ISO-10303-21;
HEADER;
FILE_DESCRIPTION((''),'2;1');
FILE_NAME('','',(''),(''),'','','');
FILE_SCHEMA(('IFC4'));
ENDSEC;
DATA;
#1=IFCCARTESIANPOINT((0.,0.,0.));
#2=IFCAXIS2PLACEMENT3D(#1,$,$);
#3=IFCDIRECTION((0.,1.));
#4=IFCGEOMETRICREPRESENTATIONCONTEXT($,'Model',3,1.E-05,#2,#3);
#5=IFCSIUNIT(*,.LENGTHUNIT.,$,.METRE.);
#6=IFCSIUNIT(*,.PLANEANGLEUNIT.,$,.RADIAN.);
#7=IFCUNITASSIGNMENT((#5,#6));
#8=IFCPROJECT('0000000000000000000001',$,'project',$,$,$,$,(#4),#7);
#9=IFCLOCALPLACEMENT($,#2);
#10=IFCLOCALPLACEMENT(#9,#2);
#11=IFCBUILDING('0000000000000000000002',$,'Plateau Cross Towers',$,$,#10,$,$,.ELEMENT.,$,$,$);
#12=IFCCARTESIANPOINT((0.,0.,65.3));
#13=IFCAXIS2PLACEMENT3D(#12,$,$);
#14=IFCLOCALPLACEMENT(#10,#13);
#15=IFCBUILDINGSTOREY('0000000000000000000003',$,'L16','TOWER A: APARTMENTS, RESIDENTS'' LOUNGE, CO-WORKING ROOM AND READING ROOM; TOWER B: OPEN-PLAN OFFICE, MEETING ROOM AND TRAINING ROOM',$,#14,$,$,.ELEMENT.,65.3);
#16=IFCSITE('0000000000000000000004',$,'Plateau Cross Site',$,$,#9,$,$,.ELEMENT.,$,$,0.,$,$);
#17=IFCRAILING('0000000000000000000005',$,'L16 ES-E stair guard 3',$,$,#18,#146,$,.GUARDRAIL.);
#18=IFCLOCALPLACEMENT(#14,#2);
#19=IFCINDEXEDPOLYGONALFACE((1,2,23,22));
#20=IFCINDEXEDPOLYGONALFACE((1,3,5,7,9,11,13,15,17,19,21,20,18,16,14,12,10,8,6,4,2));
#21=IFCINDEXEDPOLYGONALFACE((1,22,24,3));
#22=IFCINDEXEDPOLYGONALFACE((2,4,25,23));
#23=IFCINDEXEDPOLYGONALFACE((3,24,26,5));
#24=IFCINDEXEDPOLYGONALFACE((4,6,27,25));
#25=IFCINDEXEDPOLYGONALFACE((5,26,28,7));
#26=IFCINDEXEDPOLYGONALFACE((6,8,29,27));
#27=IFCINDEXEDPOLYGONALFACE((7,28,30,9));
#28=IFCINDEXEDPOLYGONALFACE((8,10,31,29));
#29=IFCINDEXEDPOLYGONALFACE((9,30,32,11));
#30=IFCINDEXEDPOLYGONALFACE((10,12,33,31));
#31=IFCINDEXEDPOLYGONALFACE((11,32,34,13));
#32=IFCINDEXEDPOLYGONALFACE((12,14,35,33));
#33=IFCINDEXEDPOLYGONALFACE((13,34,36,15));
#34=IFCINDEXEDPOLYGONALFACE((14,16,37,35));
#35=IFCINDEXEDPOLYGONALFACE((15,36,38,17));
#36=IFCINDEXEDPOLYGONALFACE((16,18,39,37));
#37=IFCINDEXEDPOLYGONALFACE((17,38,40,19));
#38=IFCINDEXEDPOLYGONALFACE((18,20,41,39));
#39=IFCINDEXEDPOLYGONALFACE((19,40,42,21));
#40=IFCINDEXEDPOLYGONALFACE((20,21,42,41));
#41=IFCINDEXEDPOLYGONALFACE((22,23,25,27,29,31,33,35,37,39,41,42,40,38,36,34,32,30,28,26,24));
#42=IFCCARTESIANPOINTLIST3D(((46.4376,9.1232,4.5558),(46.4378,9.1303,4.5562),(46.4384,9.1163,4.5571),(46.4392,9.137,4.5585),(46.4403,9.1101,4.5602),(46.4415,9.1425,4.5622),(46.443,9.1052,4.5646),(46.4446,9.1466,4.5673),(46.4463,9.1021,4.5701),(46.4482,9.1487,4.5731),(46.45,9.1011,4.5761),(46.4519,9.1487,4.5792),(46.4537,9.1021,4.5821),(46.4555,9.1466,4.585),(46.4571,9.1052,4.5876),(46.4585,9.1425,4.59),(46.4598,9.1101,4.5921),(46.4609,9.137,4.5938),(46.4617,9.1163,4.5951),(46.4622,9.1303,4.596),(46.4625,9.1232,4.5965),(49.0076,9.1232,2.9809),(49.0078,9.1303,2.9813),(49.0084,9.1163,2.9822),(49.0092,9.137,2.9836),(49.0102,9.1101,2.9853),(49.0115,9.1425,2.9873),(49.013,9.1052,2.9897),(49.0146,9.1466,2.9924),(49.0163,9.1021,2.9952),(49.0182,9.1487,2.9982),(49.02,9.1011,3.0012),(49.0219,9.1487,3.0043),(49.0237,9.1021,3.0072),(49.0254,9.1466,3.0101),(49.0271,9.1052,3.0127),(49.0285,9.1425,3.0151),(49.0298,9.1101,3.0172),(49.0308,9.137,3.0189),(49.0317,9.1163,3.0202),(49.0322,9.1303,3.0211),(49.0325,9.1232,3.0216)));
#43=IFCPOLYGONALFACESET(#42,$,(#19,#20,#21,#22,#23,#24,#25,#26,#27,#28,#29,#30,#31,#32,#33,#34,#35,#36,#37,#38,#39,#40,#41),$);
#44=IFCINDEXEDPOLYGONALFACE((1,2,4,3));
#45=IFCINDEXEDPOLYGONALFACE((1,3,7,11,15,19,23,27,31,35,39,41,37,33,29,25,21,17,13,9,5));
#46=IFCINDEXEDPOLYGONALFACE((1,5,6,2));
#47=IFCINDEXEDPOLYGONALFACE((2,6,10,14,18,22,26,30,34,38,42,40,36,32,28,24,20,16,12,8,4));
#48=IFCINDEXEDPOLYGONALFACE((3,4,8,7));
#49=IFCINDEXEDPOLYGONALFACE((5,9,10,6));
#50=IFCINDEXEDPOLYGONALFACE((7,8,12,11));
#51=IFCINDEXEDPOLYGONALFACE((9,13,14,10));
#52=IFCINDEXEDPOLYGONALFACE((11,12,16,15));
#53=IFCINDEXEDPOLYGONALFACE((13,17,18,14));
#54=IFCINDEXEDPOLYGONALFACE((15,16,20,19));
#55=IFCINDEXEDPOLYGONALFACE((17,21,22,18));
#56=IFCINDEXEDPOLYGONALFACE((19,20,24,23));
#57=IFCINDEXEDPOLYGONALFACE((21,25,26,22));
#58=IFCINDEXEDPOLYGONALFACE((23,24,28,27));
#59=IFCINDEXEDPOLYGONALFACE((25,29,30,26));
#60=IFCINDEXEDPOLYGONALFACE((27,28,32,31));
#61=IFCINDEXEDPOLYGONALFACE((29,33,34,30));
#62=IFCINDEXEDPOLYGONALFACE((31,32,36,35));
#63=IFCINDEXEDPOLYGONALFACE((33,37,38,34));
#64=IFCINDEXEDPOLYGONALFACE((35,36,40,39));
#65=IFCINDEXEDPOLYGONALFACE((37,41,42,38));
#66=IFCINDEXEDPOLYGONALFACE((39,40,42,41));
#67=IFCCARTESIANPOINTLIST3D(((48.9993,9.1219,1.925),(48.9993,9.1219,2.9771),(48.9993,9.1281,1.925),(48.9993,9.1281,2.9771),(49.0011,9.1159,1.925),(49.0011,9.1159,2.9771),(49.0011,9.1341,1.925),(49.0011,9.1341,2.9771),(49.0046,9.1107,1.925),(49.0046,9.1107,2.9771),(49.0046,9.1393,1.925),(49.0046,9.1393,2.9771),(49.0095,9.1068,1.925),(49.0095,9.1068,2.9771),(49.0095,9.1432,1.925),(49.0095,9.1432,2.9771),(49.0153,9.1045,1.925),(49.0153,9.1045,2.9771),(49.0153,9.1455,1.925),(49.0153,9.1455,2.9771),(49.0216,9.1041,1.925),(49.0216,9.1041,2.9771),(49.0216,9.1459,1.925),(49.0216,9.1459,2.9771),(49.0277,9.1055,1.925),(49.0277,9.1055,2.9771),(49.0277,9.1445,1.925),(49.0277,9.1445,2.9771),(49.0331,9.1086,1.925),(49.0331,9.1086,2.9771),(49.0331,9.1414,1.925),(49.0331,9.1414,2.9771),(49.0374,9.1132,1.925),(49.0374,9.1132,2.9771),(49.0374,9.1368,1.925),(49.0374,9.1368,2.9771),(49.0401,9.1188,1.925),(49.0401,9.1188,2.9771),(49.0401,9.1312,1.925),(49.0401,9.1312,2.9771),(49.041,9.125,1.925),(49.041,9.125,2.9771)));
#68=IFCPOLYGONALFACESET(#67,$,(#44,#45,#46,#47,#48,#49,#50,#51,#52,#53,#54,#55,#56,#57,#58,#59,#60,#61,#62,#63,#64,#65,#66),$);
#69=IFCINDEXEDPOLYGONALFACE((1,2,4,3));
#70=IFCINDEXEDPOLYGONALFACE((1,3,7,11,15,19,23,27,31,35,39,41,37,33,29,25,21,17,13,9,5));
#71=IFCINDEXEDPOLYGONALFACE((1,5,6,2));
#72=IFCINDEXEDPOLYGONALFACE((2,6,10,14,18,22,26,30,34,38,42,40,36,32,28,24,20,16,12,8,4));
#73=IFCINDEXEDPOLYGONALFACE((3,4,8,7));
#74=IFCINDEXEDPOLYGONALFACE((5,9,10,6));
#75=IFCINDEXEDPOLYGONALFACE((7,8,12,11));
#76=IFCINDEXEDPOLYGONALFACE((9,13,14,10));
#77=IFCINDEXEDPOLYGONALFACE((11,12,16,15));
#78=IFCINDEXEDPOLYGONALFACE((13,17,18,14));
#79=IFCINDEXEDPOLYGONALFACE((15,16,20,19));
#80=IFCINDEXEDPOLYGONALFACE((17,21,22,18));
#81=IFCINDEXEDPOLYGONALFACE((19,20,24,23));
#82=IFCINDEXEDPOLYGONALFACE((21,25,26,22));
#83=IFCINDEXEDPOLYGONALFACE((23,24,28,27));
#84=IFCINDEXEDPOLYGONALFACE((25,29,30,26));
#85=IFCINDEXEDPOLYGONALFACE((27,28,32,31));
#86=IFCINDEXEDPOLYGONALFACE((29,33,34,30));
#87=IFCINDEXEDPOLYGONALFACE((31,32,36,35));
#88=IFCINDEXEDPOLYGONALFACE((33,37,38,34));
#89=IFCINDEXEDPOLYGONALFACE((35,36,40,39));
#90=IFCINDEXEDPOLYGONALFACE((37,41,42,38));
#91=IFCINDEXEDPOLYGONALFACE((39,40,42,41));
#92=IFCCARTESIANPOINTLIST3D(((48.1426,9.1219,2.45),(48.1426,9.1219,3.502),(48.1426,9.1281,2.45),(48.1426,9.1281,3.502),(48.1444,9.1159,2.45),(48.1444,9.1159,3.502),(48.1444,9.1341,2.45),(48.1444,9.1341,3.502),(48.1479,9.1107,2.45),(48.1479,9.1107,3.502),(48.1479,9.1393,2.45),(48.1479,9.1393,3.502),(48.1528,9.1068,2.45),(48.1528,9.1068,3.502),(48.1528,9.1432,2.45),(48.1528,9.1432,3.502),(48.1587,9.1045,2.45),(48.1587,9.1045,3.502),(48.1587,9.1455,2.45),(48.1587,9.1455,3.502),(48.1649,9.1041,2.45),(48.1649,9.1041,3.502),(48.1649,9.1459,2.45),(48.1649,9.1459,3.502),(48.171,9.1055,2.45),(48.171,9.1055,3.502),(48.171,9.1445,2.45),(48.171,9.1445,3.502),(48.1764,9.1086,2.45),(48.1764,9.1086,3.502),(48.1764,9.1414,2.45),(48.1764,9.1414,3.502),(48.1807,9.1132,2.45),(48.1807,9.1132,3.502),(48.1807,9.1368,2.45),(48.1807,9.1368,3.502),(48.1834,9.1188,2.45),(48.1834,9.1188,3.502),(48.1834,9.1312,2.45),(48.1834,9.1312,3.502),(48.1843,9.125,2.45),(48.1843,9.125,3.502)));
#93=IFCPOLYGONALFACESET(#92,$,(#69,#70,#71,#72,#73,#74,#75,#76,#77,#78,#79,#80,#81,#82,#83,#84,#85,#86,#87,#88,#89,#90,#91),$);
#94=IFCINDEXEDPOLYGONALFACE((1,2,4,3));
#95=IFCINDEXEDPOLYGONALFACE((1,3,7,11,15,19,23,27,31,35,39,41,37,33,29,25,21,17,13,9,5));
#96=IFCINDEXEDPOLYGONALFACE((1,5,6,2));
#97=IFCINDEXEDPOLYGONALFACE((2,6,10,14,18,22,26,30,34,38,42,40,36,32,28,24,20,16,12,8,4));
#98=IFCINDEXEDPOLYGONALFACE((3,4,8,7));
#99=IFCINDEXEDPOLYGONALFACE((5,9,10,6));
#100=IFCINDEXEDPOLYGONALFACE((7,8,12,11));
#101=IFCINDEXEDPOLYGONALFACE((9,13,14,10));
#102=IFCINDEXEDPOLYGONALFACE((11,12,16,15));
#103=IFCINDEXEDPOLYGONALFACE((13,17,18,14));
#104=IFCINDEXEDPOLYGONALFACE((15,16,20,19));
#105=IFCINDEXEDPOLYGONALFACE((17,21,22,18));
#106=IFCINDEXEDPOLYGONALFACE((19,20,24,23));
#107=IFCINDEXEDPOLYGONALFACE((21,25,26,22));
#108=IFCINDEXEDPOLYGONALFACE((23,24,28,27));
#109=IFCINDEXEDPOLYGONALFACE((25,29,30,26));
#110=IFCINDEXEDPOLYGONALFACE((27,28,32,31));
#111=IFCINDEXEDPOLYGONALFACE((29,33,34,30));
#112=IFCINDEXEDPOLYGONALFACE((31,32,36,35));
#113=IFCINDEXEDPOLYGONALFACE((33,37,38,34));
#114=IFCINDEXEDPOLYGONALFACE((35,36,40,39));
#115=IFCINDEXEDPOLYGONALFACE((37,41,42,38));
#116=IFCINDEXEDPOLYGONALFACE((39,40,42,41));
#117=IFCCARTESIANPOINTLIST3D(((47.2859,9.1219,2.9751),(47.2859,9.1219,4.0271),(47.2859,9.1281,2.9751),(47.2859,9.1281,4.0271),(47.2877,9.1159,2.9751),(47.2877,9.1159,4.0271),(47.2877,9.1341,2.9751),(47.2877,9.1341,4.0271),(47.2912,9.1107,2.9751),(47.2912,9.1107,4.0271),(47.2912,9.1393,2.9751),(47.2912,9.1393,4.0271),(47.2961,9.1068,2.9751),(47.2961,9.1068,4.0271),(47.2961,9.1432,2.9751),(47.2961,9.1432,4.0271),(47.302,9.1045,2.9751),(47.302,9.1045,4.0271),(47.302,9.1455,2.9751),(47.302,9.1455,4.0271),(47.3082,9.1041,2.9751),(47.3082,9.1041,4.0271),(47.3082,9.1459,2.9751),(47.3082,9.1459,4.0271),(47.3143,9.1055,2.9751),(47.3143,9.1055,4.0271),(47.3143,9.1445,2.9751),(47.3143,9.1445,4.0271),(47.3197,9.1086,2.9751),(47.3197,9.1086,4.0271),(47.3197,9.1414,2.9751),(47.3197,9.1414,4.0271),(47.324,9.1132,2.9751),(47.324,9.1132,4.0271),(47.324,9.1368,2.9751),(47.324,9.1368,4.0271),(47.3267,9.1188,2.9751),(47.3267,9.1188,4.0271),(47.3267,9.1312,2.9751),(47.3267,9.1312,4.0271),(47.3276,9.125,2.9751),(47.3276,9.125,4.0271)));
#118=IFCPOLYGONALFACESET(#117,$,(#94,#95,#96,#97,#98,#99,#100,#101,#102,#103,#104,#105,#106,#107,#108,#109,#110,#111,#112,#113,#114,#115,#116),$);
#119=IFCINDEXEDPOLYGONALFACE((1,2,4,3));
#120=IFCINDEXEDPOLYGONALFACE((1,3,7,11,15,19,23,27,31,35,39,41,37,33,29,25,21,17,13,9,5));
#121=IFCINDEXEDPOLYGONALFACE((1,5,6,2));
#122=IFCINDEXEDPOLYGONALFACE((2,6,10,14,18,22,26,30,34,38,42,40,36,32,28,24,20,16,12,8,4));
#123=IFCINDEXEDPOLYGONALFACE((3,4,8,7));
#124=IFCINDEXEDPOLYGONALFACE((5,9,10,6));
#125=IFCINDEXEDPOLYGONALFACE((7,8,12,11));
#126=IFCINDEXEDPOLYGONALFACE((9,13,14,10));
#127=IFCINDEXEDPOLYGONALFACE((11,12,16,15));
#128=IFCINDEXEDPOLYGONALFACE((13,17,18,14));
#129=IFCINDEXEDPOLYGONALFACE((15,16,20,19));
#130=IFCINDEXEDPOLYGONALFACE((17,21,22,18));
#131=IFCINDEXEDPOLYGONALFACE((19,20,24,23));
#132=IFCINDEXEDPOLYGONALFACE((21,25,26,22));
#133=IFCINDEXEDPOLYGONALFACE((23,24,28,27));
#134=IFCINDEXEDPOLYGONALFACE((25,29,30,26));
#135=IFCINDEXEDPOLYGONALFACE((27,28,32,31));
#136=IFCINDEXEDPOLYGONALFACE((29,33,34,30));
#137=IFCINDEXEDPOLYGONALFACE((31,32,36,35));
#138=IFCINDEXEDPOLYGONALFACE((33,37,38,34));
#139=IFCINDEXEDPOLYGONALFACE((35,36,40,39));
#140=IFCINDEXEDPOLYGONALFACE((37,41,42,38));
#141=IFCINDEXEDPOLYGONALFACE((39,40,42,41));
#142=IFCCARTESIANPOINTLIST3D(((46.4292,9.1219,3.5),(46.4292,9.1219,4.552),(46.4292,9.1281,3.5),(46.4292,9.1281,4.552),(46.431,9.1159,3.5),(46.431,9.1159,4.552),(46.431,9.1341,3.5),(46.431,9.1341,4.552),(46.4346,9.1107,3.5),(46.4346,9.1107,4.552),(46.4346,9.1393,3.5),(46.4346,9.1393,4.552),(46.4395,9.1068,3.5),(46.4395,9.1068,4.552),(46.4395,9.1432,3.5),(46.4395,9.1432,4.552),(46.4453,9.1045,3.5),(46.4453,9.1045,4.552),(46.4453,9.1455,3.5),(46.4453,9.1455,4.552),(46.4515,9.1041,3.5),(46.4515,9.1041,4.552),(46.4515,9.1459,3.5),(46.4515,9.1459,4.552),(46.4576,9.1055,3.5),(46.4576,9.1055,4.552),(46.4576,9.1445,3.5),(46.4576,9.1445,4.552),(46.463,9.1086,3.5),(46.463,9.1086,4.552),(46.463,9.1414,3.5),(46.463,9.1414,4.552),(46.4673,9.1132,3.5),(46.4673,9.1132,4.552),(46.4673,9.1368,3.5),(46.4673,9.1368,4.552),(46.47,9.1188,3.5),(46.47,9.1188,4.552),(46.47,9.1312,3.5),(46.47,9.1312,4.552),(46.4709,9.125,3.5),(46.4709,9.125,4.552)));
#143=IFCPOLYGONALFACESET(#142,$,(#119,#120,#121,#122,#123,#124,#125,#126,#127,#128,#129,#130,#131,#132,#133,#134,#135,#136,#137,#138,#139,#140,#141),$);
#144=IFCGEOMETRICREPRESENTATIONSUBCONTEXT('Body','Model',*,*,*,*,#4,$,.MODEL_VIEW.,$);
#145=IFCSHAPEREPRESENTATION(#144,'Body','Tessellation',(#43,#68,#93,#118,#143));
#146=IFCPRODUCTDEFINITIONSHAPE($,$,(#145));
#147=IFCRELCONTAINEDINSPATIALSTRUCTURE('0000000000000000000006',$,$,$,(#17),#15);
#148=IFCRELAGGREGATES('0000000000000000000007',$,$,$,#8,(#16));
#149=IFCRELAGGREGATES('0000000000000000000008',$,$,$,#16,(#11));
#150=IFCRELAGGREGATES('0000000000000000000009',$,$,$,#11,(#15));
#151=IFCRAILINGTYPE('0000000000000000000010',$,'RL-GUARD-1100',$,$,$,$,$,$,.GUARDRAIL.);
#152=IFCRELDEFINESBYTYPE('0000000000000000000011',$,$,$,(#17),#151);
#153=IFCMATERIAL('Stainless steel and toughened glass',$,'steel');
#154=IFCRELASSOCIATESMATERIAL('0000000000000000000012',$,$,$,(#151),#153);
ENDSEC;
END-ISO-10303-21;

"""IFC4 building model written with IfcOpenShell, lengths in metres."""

from ifc_helpers import new_model, si_unit, direction, frame, origin, origin_2d, place, context, subcontext, project, spatial, circle, extrude, material, type_object, element, save


model = new_model("IFC4")

# Units and contexts
model_context = context("Model", 3, precision=1e-05, world=origin(), true_north=direction((0.0, 1.0)))
body_context = subcontext(model_context, "Body", "Model", "MODEL_VIEW")
ifc_project = project(units=[si_unit("LENGTHUNIT", "METRE"), si_unit("PLANEANGLEUNIT", "RADIAN")], contexts=[model_context])

# Site, building, storey
site_placement = place(None, origin())
site = spatial("IfcSite", under=ifc_project, at=site_placement, Name="Plateau Cross Site", CompositionType="ELEMENT", RefElevation=0.0)
building_placement = place(site_placement, origin())
building = spatial("IfcBuilding", under=site, at=building_placement, Name="Plateau Cross Towers", CompositionType="ELEMENT")
storey_placement = place(building_placement, frame((0.0, 0.0, 65.3)))
storey = spatial("IfcBuildingStorey", under=building, at=storey_placement, Name="L16", Description="TOWER A: APARTMENTS, RESIDENTS' LOUNGE, CO-WORKING ROOM AND READING ROOM; TOWER B: OPEN-PLAN OFFICE, MEETING ROOM AND TRAINING ROOM", CompositionType="ELEMENT", Elevation=65.3)

# Railing
ifc_material_1 = material(Name="Stainless steel and toughened glass", Category="steel")
railing_type_1 = type_object("IfcRailingType", Name="RL-GUARD-1100", PredefinedType="GUARDRAIL", material=ifc_material_1)
railing_1_placement = place(storey_placement, frame((49.02, 9.125, 1.925)))
element("IfcRailing", 1, at=railing_1_placement, inside=storey, type_object=railing_type_1, Name="L16 ES-E stair guard 3", PredefinedType="GUARDRAIL", context=body_context, shape_type="SweptSolid", body=[
    extrude(circle(Radius=0.0239, at=origin_2d()), frame((0.0, 0.0, 1.0762), z_axis=(-0.852639, 0.0, 0.522501), x_axis=(0.0, -1.0, 0.0)), (0.0, 0.0, 1.0), 3.0142),
    extrude(circle(Radius=0.021, at=origin_2d()), origin(), (0.0, 0.0, 1.0), 1.052),
    extrude(circle(Radius=0.021, at=origin_2d()), frame((-0.8567, 0.0, 0.5249)), (0.0, 0.0, 1.0), 1.052),
    extrude(circle(Radius=0.021, at=origin_2d()), frame((-1.7134, 0.0, 1.05)), (0.0, 0.0, 1.0), 1.052),
    extrude(circle(Radius=0.021, at=origin_2d()), frame((-2.5701, 0.0, 1.575)), (0.0, 0.0, 1.0), 1.052),
])

save(model, "model.ifc")
